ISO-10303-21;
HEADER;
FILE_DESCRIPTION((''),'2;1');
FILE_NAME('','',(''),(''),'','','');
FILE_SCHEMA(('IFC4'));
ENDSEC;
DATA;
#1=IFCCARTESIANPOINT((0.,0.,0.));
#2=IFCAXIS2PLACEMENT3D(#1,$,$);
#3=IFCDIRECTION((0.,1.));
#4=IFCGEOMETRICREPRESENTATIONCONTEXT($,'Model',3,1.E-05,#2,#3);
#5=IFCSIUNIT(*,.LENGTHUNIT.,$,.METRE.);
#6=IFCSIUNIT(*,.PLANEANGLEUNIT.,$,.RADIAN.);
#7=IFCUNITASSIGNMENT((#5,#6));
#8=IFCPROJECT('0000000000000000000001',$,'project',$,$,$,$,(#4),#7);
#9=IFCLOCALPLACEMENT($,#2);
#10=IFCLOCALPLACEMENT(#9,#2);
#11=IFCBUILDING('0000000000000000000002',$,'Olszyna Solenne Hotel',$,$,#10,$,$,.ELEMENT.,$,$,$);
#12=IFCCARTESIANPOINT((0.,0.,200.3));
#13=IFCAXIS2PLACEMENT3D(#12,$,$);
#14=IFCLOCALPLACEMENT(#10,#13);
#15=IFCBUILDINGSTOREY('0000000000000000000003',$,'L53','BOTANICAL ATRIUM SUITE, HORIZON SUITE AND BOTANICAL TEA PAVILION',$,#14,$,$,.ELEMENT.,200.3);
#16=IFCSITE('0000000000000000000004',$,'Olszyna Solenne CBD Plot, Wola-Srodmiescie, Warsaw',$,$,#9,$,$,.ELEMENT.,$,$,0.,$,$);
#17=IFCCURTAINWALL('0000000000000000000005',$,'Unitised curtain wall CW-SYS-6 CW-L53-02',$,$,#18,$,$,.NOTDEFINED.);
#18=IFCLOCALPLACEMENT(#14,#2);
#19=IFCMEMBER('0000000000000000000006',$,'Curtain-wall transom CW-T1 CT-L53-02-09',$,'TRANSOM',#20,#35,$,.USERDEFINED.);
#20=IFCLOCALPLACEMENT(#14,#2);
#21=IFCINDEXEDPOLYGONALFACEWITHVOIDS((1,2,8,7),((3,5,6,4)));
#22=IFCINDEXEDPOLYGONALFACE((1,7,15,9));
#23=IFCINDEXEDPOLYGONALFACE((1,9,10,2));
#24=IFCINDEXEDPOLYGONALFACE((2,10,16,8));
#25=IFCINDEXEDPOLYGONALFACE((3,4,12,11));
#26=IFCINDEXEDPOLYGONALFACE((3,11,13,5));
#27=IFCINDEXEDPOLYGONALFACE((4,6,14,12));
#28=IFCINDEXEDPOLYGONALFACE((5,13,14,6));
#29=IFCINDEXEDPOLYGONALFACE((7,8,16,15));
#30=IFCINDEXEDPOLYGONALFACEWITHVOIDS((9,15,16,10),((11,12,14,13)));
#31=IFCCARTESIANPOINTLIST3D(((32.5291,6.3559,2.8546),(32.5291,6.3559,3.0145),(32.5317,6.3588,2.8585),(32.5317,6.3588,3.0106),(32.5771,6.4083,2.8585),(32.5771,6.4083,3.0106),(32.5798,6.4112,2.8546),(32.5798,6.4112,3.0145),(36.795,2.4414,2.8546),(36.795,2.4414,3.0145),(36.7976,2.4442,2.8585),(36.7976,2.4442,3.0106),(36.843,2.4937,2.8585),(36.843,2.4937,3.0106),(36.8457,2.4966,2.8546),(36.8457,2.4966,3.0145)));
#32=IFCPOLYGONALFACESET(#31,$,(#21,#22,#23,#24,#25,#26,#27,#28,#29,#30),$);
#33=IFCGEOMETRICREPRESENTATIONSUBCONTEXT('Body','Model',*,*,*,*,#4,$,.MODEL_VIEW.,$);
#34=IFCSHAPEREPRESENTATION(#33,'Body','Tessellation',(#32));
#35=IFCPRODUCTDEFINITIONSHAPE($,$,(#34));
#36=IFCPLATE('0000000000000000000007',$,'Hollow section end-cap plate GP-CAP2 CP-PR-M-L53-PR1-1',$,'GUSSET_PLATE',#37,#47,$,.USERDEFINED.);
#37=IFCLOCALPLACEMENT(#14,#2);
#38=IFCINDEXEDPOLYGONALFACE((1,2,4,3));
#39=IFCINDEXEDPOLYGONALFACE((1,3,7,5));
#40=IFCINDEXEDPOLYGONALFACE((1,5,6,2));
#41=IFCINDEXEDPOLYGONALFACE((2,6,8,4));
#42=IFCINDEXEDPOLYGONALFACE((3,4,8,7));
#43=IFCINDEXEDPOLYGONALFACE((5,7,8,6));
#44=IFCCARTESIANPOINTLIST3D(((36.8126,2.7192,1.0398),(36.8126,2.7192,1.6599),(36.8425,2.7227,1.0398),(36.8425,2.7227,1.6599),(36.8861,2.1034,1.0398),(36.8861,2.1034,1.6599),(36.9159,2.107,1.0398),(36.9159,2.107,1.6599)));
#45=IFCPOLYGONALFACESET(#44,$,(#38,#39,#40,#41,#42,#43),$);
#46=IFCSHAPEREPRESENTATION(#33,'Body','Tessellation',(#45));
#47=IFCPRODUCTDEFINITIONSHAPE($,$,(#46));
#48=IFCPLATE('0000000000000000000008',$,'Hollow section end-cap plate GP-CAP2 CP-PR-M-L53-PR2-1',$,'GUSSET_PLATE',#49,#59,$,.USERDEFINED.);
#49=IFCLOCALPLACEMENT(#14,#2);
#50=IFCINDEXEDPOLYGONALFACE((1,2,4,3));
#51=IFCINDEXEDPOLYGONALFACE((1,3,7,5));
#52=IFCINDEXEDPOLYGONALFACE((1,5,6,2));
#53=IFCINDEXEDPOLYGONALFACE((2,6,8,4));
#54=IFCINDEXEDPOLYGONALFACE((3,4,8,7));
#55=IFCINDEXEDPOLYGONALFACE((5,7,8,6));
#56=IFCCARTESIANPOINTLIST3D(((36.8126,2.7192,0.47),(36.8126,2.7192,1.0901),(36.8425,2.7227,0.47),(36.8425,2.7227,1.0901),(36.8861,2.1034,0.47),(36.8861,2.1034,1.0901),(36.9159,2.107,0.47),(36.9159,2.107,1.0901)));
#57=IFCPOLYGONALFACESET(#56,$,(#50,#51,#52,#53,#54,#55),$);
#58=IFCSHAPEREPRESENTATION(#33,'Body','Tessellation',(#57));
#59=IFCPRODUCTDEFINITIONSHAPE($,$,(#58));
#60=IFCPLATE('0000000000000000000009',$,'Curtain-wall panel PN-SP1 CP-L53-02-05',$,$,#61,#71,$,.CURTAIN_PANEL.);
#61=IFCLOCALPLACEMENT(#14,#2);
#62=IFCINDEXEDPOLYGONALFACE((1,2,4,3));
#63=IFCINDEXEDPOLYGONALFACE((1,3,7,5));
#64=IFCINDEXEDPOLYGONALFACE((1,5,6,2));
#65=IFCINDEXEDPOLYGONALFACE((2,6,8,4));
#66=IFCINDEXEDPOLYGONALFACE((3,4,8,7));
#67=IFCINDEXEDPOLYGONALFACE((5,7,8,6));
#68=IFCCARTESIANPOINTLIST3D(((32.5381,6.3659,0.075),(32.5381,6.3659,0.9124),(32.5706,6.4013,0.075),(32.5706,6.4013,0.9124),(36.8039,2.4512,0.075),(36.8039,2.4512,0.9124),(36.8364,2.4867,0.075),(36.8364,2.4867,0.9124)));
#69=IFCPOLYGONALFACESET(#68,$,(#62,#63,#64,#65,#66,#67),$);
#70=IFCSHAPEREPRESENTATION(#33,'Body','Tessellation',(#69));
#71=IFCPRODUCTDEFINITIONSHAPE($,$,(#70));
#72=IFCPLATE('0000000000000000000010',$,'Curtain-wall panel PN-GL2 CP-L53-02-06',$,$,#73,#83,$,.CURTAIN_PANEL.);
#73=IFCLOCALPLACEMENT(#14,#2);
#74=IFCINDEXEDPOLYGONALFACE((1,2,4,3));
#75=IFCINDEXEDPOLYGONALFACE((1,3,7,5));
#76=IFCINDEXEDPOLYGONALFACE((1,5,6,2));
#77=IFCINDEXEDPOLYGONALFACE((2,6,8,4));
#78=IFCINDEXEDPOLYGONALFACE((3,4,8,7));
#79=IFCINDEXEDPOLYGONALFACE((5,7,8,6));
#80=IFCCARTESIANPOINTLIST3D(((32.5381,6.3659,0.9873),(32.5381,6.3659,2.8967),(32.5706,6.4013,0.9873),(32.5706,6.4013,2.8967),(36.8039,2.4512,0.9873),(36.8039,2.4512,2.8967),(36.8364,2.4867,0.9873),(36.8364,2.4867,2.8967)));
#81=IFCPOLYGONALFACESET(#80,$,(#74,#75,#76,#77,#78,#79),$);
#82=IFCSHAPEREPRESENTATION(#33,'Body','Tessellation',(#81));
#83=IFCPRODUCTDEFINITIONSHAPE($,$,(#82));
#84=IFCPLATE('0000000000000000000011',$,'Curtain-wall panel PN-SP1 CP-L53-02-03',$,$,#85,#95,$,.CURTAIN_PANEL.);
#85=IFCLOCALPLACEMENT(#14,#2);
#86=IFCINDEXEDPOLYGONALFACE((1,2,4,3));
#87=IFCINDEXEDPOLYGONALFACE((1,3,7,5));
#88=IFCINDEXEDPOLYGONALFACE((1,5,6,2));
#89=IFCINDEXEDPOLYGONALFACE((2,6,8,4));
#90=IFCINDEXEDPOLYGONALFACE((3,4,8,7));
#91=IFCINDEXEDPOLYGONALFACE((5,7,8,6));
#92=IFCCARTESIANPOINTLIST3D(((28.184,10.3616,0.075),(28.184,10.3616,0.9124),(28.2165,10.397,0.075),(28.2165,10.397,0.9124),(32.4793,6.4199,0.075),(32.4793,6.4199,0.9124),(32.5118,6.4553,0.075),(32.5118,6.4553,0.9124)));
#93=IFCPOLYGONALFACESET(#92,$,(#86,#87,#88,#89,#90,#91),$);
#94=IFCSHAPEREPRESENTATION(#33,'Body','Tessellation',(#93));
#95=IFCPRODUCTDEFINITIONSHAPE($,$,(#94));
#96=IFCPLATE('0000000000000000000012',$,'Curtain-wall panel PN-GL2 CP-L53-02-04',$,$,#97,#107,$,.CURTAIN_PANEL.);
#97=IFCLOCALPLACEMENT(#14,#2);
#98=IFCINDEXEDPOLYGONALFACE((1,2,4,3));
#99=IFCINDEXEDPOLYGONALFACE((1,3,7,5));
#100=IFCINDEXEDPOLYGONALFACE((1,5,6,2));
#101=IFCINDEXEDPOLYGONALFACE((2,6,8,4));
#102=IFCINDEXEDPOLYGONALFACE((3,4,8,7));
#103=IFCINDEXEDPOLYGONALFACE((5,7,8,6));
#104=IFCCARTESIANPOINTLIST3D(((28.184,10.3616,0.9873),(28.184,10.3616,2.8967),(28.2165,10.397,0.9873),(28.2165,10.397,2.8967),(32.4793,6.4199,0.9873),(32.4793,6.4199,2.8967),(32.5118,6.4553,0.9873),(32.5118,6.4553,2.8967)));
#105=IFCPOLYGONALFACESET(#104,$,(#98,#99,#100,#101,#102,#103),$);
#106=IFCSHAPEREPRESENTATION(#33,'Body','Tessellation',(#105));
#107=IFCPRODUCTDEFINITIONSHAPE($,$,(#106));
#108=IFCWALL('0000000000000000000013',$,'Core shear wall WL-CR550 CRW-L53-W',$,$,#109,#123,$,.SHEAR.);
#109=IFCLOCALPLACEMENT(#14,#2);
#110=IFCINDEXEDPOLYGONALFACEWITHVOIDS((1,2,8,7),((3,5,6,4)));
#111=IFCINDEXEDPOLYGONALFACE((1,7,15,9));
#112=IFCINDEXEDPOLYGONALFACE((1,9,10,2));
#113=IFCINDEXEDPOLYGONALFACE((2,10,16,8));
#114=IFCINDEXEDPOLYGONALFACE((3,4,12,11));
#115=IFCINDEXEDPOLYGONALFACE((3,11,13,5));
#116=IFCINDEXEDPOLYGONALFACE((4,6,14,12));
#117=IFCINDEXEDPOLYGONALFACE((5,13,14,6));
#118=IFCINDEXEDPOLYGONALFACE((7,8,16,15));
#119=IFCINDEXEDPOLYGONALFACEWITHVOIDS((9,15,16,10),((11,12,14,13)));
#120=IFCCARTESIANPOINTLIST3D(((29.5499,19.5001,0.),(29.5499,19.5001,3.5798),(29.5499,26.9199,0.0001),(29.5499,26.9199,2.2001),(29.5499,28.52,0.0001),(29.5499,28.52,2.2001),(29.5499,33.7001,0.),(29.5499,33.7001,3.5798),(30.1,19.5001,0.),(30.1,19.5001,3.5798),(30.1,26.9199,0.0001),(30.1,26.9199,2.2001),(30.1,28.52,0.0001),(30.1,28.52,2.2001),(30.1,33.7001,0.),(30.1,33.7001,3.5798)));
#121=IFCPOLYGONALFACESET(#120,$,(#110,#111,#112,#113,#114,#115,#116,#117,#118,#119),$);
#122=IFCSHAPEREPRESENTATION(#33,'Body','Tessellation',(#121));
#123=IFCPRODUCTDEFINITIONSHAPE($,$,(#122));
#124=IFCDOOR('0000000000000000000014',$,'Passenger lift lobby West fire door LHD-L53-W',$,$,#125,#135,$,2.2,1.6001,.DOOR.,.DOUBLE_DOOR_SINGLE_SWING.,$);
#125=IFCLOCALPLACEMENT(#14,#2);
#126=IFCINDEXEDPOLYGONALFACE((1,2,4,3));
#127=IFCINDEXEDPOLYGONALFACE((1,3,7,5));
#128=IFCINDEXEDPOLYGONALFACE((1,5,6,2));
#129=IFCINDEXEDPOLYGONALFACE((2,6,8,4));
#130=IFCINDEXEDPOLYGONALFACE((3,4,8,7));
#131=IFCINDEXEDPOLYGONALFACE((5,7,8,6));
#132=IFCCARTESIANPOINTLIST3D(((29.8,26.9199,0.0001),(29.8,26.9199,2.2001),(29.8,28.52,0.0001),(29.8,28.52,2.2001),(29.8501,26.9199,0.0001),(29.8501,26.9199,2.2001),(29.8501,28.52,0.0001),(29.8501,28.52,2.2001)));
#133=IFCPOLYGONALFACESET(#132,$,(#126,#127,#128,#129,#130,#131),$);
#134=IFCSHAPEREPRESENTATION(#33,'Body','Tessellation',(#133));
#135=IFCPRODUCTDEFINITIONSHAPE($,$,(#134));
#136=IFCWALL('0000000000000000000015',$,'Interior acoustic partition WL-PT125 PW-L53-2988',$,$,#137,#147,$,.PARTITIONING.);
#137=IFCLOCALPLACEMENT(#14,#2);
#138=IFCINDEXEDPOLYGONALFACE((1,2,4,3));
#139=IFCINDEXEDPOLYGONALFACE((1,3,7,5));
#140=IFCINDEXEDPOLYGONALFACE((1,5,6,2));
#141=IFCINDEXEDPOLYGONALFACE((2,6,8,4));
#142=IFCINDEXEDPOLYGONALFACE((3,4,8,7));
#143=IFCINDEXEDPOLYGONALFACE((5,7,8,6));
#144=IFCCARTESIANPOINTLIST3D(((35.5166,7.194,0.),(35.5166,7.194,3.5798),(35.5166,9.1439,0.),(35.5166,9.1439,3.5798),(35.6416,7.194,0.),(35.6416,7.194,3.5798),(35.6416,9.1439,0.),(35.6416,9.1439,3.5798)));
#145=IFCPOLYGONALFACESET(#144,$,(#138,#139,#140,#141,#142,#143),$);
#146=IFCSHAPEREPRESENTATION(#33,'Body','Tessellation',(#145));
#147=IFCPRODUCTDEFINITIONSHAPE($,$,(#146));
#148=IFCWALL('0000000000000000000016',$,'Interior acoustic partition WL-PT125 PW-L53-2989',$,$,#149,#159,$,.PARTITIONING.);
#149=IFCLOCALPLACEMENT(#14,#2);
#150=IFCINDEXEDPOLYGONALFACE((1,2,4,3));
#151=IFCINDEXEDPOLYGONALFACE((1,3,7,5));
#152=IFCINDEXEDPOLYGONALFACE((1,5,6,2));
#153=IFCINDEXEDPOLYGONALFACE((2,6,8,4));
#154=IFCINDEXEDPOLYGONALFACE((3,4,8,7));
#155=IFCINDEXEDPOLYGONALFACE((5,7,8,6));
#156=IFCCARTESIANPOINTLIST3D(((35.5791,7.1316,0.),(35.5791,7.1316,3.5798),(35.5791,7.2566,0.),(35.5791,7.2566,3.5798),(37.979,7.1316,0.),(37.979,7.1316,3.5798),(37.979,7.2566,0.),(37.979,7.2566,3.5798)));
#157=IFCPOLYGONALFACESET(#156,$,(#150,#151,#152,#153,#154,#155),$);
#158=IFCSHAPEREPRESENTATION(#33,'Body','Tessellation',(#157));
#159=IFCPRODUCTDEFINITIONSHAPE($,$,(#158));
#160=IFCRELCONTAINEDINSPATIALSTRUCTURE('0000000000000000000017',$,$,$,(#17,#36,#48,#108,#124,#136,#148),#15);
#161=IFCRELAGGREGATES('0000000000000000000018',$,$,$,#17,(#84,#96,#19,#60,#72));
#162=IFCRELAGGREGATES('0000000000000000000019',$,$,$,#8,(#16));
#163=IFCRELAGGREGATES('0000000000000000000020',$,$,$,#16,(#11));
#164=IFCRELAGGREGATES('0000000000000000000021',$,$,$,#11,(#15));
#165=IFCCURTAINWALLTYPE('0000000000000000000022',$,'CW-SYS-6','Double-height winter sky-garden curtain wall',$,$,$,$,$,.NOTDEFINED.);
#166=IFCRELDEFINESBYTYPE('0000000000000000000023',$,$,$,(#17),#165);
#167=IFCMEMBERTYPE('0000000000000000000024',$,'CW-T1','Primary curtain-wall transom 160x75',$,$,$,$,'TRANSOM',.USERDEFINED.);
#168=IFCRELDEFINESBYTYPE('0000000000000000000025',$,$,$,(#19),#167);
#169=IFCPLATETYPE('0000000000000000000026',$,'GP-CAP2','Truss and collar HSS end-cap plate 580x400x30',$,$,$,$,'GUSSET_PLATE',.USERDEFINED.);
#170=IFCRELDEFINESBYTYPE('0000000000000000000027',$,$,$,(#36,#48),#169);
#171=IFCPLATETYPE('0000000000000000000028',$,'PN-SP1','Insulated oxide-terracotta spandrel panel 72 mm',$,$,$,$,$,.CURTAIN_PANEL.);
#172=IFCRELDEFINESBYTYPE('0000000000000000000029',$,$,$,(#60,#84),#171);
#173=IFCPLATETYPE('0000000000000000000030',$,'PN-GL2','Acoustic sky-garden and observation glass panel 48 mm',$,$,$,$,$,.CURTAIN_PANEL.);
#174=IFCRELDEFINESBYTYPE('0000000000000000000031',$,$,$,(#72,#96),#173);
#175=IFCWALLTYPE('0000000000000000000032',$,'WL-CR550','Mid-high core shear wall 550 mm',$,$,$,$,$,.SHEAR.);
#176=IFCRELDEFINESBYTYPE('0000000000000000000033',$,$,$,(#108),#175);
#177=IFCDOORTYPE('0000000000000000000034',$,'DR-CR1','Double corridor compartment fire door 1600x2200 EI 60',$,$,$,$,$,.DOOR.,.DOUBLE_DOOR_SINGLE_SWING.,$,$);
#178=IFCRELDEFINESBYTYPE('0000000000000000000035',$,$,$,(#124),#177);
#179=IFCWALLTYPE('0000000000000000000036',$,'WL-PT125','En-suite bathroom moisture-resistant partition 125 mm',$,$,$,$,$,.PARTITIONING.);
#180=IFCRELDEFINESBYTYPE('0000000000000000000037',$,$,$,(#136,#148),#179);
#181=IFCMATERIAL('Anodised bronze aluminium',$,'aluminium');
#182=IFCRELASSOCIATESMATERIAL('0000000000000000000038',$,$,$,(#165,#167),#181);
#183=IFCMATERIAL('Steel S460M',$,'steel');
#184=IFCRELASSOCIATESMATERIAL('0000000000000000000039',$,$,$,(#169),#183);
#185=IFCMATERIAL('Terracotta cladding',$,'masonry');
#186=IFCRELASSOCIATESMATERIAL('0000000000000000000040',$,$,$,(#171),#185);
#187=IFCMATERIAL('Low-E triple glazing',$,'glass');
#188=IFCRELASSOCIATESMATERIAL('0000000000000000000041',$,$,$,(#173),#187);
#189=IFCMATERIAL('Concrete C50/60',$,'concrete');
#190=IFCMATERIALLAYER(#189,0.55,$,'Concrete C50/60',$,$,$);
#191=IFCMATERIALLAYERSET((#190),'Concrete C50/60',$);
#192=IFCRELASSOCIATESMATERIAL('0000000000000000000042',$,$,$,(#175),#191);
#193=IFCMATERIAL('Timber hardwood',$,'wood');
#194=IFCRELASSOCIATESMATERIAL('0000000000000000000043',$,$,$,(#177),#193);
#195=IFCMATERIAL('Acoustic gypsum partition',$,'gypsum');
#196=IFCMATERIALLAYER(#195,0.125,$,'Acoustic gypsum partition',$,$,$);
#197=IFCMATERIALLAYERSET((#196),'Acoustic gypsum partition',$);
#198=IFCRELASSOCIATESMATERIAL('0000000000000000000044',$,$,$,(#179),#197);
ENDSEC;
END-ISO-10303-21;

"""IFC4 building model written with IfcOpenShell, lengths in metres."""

from ifc_helpers import new_model, si_unit, direction, frame, frame_2d, origin, origin_2d, place, context, subcontext, project, spatial, rectangle, hollow_rectangle, extrude, source, transform, mapped, material, layer, layer_set, material_profile, profile_set, type_object, type_shapes, element, fill, aggregate, save


model = new_model("IFC4")

# Units and contexts
model_context = context("Model", 3, precision=1e-05, world=origin(), true_north=direction((0.0, 1.0)))
body_context = subcontext(model_context, "Body", "Model", "MODEL_VIEW")
ifc_project = project(units=[si_unit("LENGTHUNIT", "METRE"), si_unit("PLANEANGLEUNIT", "RADIAN")], contexts=[model_context])

# Site, building, storey
site_placement = place(None, origin())
site = spatial("IfcSite", under=ifc_project, at=site_placement, Name="Olszyna Solenne CBD Plot, Wola-Srodmiescie, Warsaw", CompositionType="ELEMENT", RefElevation=0.0)
building_placement = place(site_placement, origin())
building = spatial("IfcBuilding", under=site, at=building_placement, Name="Olszyna Solenne Hotel", CompositionType="ELEMENT")
storey_placement = place(building_placement, frame((0.0, 0.0, 200.3)))
storey = spatial("IfcBuildingStorey", under=building, at=storey_placement, Name="L53", Description="BOTANICAL ATRIUM SUITE, HORIZON SUITE AND BOTANICAL TEA PAVILION", CompositionType="ELEMENT", Elevation=200.3)

# Shared definitions
ifc_material_1 = material(Name="Steel S460M", Category="steel")

# Curtain wall, member
ifc_material_2 = material(Name="Anodised bronze aluminium", Category="aluminium")
curtain_wall_type = type_object("IfcCurtainWallType", Name="CW-SYS-6", Description="Double-height winter sky-garden curtain wall", PredefinedType="NOTDEFINED", material=ifc_material_2)
curtain_wall_placement = place(storey_placement, origin())
curtain_wall = element("IfcCurtainWall", 1, at=curtain_wall_placement, inside=storey, type_object=curtain_wall_type, Name="Unitised curtain wall CW-SYS-6 CW-L53-02", PredefinedType="NOTDEFINED")
ifc_material_profile_1 = material_profile(ifc_material_2, hollow_rectangle(XDim=0.075, YDim=0.1599, WallThickness=0.0039, at=origin_2d()), Name="TRAN 160x75x4", Category="load-bearing")
ifc_profile_set_1 = profile_set([ifc_material_profile_1], Name="Anodised bronze aluminium")
member_type_1 = type_object("IfcMemberType", Name="CW-T1", Description="Primary curtain-wall transom 160x75", ElementType="TRANSOM", PredefinedType="USERDEFINED", material=ifc_profile_set_1)
shared_shape_1 = source(origin(), body_context, "Body", "SweptSolid", [
    extrude(hollow_rectangle(XDim=0.075, YDim=0.1599, WallThickness=0.0039, at=origin_2d()), origin(), (0.0, 0.0, 1.0), 5.7898),
])
member_1_placement = place(storey_placement, frame((32.5544, 6.3835, 2.9346), z_axis=(0.736795, -0.676116, 0.0), x_axis=(0.676116, 0.736795, 0.0)))
member_1 = element("IfcMember", 2, at=member_1_placement, type_object=member_type_1, Name="Curtain-wall transom CW-T1 CT-L53-02-09", ObjectType="TRANSOM", PredefinedType="USERDEFINED", context=body_context, shape_type="MappedRepresentation", body=[
    mapped(shared_shape_1, transform((0.0, 0.0, 0.0), x_axis=(1.0, 0.0, 0.0), y_axis=(0.0, 1.0, 0.0), z_axis=(0.0, 0.0, 1.0), scale=1.0)),
])

# Plates
plate_type_1 = type_object("IfcPlateType", Name="GP-CAP2", Description="Truss and collar HSS end-cap plate 580x400x30", ElementType="GUSSET_PLATE", PredefinedType="USERDEFINED", material=ifc_material_1)
shared_shape_2 = source(origin(), body_context, "Body", "SweptSolid", [
    extrude(rectangle(XDim=0.03, YDim=0.6201, at=origin_2d()), origin(), (0.0, 0.0, 1.0), 0.6201),
])
for number, where, z_axis, x_axis, name in (
    (3, (36.8643, 2.4131, 1.0398), (0.0, 0.0, 1.0), (0.992966, 0.118404, 0.0), "Hollow section end-cap plate GP-CAP2 CP-PR-M-L53-PR1-1"),
    (4, (36.8643, 2.4131, 0.47), (0.0, 0.0, 1.0), (0.992966, 0.118404, 0.0), "Hollow section end-cap plate GP-CAP2 CP-PR-M-L53-PR2-1"),
):
    element("IfcPlate", number, at=place(storey_placement, frame(where, z_axis=z_axis, x_axis=x_axis)), inside=storey, type_object=plate_type_1, Name=name, ObjectType="GUSSET_PLATE", PredefinedType="USERDEFINED", context=body_context, shape_type="MappedRepresentation", body=[
        mapped(shared_shape_2, transform((0.0, 0.0, 0.0), x_axis=(1.0, 0.0, 0.0), y_axis=(0.0, 1.0, 0.0), z_axis=(0.0, 0.0, 1.0), scale=1.0)),
    ])

# Plates
ifc_material_3 = material(Name="Terracotta cladding", Category="masonry")
plate_type_2 = type_object("IfcPlateType", Name="PN-SP1", Description="Insulated oxide-terracotta spandrel panel 72 mm", PredefinedType="CURTAIN_PANEL", material=ifc_material_3)
shared_shape_3 = source(origin(), body_context, "Body", "SweptSolid", [
    extrude(rectangle(XDim=5.7898, YDim=0.0481, at=origin_2d()), origin(), (0.0, 0.0, 1.0), 0.8374),
])
plate_1_placement = place(storey_placement, frame((34.6873, 4.4263, 0.075), z_axis=(0.0, 0.0, 1.0), x_axis=(0.736784, -0.676128, 0.0)))
plate_1 = element("IfcPlate", 5, at=plate_1_placement, type_object=plate_type_2, Name="Curtain-wall panel PN-SP1 CP-L53-02-05", PredefinedType="CURTAIN_PANEL", context=body_context, shape_type="MappedRepresentation", body=[
    mapped(shared_shape_3, transform((0.0, 0.0, 0.0), x_axis=(1.0, 0.0, 0.0), y_axis=(0.0, 1.0, 0.0), z_axis=(0.0, 0.0, 1.0), scale=1.0)),
])
ifc_material_4 = material(Name="Low-E triple glazing", Category="glass")
plate_type_3 = type_object("IfcPlateType", Name="PN-GL2", Description="Acoustic sky-garden and observation glass panel 48 mm", PredefinedType="CURTAIN_PANEL", material=ifc_material_4)
shared_shape_4 = source(origin(), body_context, "Body", "SweptSolid", [
    extrude(rectangle(XDim=5.7898, YDim=0.0481, at=origin_2d()), origin(), (0.0, 0.0, 1.0), 1.9094),
])
plate_2_placement = place(storey_placement, frame((34.6873, 4.4263, 0.9873), z_axis=(0.0, 0.0, 1.0), x_axis=(0.736784, -0.676128, 0.0)))
plate_2 = element("IfcPlate", 6, at=plate_2_placement, type_object=plate_type_3, Name="Curtain-wall panel PN-GL2 CP-L53-02-06", PredefinedType="CURTAIN_PANEL", context=body_context, shape_type="MappedRepresentation", body=[
    mapped(shared_shape_4, transform((0.0, 0.0, 0.0), x_axis=(1.0, 0.0, 0.0), y_axis=(0.0, 1.0, 0.0), z_axis=(0.0, 0.0, 1.0), scale=1.0)),
])
shared_shape_5 = source(origin(), body_context, "Body", "SweptSolid", [
    extrude(rectangle(XDim=5.8298, YDim=0.0481, at=origin_2d()), origin(), (0.0, 0.0, 1.0), 0.8374),
])
plate_3_placement = place(storey_placement, frame((30.3479, 8.4084, 0.075), z_axis=(0.0, 0.0, 1.0), x_axis=(0.736784, -0.676128, 0.0)))
plate_3 = element("IfcPlate", 7, at=plate_3_placement, type_object=plate_type_2, Name="Curtain-wall panel PN-SP1 CP-L53-02-03", PredefinedType="CURTAIN_PANEL", context=body_context, shape_type="MappedRepresentation", body=[
    mapped(shared_shape_5, transform((0.0, 0.0, 0.0), x_axis=(1.0, 0.0, 0.0), y_axis=(0.0, 1.0, 0.0), z_axis=(0.0, 0.0, 1.0), scale=1.0)),
])
shared_shape_6 = source(origin(), body_context, "Body", "SweptSolid", [
    extrude(rectangle(XDim=5.8298, YDim=0.0481, at=origin_2d()), origin(), (0.0, 0.0, 1.0), 1.9094),
])
plate_4_placement = place(storey_placement, frame((30.3479, 8.4084, 0.9873), z_axis=(0.0, 0.0, 1.0), x_axis=(0.736784, -0.676128, 0.0)))
plate_4 = element("IfcPlate", 8, at=plate_4_placement, type_object=plate_type_3, Name="Curtain-wall panel PN-GL2 CP-L53-02-04", PredefinedType="CURTAIN_PANEL", context=body_context, shape_type="MappedRepresentation", body=[
    mapped(shared_shape_6, transform((0.0, 0.0, 0.0), x_axis=(1.0, 0.0, 0.0), y_axis=(0.0, 1.0, 0.0), z_axis=(0.0, 0.0, 1.0), scale=1.0)),
])
aggregate(curtain_wall, [plate_3, plate_4, member_1, plate_1, plate_2])

# Wall, opening, door
ifc_material_5 = material(Name="Concrete C50/60", Category="concrete")
ifc_layer_1 = layer(ifc_material_5, 0.55, Name="Concrete C50/60")
ifc_layer_set_1 = layer_set([ifc_layer_1], Name="Concrete C50/60")
wall_type_1 = type_object("IfcWallType", Name="WL-CR550", Description="Mid-high core shear wall 550 mm", PredefinedType="SHEAR", material=ifc_layer_set_1)
wall_1_placement = place(storey_placement, frame((29.825, 19.5, 0.0), z_axis=(0.0, 0.0, 1.0), x_axis=(0.0, 1.0, 0.0)))
wall_1 = element("IfcWall", 9, at=wall_1_placement, inside=storey, type_object=wall_type_1, Name="Core shear wall WL-CR550 CRW-L53-W", PredefinedType="SHEAR", context=body_context, shape_type="SweptSolid", body=[
    extrude(rectangle(XDim=14.2, YDim=0.55, at=frame_2d((7.1001, 0.0))), origin(), (0.0, 0.0, 1.0), 3.5798),
])
opening_1_placement = place(wall_1_placement, frame((7.4199, 0.0, 0.0)))
opening_1 = element("IfcOpeningElement", 10, at=opening_1_placement, cuts=wall_1, PredefinedType="OPENING", context=body_context, shape_type="SweptSolid", body=[
    extrude(rectangle(XDim=1.6001, YDim=2.2, at=frame_2d((0.8, 1.1001))), frame((0.0, 0.2852, 0.0), z_axis=(0.0, -1.0, 0.0), x_axis=(1.0, 0.0, 0.0)), (0.0, 0.0, 1.0), 0.5701),
])
ifc_material_6 = material(Name="Timber hardwood", Category="wood")
door_type_1 = type_object("IfcDoorType", Name="DR-CR1", Description="Double corridor compartment fire door 1600x2200 EI 60", OperationType="DOUBLE_DOOR_SINGLE_SWING", PredefinedType="DOOR", material=ifc_material_6)
shared_shape_7 = source(origin(), body_context, "Body", "SweptSolid", [
    extrude(rectangle(XDim=1.6001, YDim=2.2, at=frame_2d((0.8, 1.1001))), frame((0.0, 0.0249, 0.0), z_axis=(0.0, -1.0, 0.0), x_axis=(1.0, 0.0, 0.0)), (0.0, 0.0, 1.0), 0.05),
])
type_shapes(door_type_1, [shared_shape_7])
door_1_placement = place(opening_1_placement, origin())
door_1 = element("IfcDoor", 11, at=door_1_placement, inside=storey, type_object=door_type_1, Name="Passenger lift lobby West fire door LHD-L53-W", OperationType="DOUBLE_DOOR_SINGLE_SWING", OverallHeight=2.2, OverallWidth=1.6001, PredefinedType="DOOR", context=body_context, shape_type="MappedRepresentation", body=[
    mapped(shared_shape_7, transform((0.0, 0.0, 0.0), x_axis=(1.0, 0.0, 0.0), y_axis=(0.0, 1.0, 0.0), z_axis=(0.0, 0.0, 1.0), scale=1.0)),
])
fill(opening_1, door_1)

# Walls
ifc_material_7 = material(Name="Acoustic gypsum partition", Category="gypsum")
ifc_layer_2 = layer(ifc_material_7, 0.125, Name="Acoustic gypsum partition")
ifc_layer_set_2 = layer_set([ifc_layer_2], Name="Acoustic gypsum partition")
wall_type_2 = type_object("IfcWallType", Name="WL-PT125", Description="En-suite bathroom moisture-resistant partition 125 mm", PredefinedType="PARTITIONING", material=ifc_layer_set_2)
wall_2_placement = place(storey_placement, frame((35.5791, 9.144, 0.0), z_axis=(0.0, 0.0, 1.0), x_axis=(0.0, -1.0, 0.0)))
element("IfcWall", 12, at=wall_2_placement, inside=storey, type_object=wall_type_2, Name="Interior acoustic partition WL-PT125 PW-L53-2988", PredefinedType="PARTITIONING", context=body_context, shape_type="SweptSolid", body=[
    extrude(rectangle(XDim=1.95, YDim=0.125, at=frame_2d((0.9751, 0.0))), origin(), (0.0, 0.0, 1.0), 3.5798),
])
wall_3_placement = place(storey_placement, frame((35.5791, 7.1941, 0.0), z_axis=(0.0, 0.0, 1.0), x_axis=(1.0, 0.0, 0.0)))
element("IfcWall", 13, at=wall_3_placement, inside=storey, type_object=wall_type_2, Name="Interior acoustic partition WL-PT125 PW-L53-2989", PredefinedType="PARTITIONING", context=body_context, shape_type="SweptSolid", body=[
    extrude(rectangle(XDim=2.3999, YDim=0.125, at=frame_2d((1.2, 0.0))), origin(), (0.0, 0.0, 1.0), 3.5798),
])

save(model, "model.ifc")
